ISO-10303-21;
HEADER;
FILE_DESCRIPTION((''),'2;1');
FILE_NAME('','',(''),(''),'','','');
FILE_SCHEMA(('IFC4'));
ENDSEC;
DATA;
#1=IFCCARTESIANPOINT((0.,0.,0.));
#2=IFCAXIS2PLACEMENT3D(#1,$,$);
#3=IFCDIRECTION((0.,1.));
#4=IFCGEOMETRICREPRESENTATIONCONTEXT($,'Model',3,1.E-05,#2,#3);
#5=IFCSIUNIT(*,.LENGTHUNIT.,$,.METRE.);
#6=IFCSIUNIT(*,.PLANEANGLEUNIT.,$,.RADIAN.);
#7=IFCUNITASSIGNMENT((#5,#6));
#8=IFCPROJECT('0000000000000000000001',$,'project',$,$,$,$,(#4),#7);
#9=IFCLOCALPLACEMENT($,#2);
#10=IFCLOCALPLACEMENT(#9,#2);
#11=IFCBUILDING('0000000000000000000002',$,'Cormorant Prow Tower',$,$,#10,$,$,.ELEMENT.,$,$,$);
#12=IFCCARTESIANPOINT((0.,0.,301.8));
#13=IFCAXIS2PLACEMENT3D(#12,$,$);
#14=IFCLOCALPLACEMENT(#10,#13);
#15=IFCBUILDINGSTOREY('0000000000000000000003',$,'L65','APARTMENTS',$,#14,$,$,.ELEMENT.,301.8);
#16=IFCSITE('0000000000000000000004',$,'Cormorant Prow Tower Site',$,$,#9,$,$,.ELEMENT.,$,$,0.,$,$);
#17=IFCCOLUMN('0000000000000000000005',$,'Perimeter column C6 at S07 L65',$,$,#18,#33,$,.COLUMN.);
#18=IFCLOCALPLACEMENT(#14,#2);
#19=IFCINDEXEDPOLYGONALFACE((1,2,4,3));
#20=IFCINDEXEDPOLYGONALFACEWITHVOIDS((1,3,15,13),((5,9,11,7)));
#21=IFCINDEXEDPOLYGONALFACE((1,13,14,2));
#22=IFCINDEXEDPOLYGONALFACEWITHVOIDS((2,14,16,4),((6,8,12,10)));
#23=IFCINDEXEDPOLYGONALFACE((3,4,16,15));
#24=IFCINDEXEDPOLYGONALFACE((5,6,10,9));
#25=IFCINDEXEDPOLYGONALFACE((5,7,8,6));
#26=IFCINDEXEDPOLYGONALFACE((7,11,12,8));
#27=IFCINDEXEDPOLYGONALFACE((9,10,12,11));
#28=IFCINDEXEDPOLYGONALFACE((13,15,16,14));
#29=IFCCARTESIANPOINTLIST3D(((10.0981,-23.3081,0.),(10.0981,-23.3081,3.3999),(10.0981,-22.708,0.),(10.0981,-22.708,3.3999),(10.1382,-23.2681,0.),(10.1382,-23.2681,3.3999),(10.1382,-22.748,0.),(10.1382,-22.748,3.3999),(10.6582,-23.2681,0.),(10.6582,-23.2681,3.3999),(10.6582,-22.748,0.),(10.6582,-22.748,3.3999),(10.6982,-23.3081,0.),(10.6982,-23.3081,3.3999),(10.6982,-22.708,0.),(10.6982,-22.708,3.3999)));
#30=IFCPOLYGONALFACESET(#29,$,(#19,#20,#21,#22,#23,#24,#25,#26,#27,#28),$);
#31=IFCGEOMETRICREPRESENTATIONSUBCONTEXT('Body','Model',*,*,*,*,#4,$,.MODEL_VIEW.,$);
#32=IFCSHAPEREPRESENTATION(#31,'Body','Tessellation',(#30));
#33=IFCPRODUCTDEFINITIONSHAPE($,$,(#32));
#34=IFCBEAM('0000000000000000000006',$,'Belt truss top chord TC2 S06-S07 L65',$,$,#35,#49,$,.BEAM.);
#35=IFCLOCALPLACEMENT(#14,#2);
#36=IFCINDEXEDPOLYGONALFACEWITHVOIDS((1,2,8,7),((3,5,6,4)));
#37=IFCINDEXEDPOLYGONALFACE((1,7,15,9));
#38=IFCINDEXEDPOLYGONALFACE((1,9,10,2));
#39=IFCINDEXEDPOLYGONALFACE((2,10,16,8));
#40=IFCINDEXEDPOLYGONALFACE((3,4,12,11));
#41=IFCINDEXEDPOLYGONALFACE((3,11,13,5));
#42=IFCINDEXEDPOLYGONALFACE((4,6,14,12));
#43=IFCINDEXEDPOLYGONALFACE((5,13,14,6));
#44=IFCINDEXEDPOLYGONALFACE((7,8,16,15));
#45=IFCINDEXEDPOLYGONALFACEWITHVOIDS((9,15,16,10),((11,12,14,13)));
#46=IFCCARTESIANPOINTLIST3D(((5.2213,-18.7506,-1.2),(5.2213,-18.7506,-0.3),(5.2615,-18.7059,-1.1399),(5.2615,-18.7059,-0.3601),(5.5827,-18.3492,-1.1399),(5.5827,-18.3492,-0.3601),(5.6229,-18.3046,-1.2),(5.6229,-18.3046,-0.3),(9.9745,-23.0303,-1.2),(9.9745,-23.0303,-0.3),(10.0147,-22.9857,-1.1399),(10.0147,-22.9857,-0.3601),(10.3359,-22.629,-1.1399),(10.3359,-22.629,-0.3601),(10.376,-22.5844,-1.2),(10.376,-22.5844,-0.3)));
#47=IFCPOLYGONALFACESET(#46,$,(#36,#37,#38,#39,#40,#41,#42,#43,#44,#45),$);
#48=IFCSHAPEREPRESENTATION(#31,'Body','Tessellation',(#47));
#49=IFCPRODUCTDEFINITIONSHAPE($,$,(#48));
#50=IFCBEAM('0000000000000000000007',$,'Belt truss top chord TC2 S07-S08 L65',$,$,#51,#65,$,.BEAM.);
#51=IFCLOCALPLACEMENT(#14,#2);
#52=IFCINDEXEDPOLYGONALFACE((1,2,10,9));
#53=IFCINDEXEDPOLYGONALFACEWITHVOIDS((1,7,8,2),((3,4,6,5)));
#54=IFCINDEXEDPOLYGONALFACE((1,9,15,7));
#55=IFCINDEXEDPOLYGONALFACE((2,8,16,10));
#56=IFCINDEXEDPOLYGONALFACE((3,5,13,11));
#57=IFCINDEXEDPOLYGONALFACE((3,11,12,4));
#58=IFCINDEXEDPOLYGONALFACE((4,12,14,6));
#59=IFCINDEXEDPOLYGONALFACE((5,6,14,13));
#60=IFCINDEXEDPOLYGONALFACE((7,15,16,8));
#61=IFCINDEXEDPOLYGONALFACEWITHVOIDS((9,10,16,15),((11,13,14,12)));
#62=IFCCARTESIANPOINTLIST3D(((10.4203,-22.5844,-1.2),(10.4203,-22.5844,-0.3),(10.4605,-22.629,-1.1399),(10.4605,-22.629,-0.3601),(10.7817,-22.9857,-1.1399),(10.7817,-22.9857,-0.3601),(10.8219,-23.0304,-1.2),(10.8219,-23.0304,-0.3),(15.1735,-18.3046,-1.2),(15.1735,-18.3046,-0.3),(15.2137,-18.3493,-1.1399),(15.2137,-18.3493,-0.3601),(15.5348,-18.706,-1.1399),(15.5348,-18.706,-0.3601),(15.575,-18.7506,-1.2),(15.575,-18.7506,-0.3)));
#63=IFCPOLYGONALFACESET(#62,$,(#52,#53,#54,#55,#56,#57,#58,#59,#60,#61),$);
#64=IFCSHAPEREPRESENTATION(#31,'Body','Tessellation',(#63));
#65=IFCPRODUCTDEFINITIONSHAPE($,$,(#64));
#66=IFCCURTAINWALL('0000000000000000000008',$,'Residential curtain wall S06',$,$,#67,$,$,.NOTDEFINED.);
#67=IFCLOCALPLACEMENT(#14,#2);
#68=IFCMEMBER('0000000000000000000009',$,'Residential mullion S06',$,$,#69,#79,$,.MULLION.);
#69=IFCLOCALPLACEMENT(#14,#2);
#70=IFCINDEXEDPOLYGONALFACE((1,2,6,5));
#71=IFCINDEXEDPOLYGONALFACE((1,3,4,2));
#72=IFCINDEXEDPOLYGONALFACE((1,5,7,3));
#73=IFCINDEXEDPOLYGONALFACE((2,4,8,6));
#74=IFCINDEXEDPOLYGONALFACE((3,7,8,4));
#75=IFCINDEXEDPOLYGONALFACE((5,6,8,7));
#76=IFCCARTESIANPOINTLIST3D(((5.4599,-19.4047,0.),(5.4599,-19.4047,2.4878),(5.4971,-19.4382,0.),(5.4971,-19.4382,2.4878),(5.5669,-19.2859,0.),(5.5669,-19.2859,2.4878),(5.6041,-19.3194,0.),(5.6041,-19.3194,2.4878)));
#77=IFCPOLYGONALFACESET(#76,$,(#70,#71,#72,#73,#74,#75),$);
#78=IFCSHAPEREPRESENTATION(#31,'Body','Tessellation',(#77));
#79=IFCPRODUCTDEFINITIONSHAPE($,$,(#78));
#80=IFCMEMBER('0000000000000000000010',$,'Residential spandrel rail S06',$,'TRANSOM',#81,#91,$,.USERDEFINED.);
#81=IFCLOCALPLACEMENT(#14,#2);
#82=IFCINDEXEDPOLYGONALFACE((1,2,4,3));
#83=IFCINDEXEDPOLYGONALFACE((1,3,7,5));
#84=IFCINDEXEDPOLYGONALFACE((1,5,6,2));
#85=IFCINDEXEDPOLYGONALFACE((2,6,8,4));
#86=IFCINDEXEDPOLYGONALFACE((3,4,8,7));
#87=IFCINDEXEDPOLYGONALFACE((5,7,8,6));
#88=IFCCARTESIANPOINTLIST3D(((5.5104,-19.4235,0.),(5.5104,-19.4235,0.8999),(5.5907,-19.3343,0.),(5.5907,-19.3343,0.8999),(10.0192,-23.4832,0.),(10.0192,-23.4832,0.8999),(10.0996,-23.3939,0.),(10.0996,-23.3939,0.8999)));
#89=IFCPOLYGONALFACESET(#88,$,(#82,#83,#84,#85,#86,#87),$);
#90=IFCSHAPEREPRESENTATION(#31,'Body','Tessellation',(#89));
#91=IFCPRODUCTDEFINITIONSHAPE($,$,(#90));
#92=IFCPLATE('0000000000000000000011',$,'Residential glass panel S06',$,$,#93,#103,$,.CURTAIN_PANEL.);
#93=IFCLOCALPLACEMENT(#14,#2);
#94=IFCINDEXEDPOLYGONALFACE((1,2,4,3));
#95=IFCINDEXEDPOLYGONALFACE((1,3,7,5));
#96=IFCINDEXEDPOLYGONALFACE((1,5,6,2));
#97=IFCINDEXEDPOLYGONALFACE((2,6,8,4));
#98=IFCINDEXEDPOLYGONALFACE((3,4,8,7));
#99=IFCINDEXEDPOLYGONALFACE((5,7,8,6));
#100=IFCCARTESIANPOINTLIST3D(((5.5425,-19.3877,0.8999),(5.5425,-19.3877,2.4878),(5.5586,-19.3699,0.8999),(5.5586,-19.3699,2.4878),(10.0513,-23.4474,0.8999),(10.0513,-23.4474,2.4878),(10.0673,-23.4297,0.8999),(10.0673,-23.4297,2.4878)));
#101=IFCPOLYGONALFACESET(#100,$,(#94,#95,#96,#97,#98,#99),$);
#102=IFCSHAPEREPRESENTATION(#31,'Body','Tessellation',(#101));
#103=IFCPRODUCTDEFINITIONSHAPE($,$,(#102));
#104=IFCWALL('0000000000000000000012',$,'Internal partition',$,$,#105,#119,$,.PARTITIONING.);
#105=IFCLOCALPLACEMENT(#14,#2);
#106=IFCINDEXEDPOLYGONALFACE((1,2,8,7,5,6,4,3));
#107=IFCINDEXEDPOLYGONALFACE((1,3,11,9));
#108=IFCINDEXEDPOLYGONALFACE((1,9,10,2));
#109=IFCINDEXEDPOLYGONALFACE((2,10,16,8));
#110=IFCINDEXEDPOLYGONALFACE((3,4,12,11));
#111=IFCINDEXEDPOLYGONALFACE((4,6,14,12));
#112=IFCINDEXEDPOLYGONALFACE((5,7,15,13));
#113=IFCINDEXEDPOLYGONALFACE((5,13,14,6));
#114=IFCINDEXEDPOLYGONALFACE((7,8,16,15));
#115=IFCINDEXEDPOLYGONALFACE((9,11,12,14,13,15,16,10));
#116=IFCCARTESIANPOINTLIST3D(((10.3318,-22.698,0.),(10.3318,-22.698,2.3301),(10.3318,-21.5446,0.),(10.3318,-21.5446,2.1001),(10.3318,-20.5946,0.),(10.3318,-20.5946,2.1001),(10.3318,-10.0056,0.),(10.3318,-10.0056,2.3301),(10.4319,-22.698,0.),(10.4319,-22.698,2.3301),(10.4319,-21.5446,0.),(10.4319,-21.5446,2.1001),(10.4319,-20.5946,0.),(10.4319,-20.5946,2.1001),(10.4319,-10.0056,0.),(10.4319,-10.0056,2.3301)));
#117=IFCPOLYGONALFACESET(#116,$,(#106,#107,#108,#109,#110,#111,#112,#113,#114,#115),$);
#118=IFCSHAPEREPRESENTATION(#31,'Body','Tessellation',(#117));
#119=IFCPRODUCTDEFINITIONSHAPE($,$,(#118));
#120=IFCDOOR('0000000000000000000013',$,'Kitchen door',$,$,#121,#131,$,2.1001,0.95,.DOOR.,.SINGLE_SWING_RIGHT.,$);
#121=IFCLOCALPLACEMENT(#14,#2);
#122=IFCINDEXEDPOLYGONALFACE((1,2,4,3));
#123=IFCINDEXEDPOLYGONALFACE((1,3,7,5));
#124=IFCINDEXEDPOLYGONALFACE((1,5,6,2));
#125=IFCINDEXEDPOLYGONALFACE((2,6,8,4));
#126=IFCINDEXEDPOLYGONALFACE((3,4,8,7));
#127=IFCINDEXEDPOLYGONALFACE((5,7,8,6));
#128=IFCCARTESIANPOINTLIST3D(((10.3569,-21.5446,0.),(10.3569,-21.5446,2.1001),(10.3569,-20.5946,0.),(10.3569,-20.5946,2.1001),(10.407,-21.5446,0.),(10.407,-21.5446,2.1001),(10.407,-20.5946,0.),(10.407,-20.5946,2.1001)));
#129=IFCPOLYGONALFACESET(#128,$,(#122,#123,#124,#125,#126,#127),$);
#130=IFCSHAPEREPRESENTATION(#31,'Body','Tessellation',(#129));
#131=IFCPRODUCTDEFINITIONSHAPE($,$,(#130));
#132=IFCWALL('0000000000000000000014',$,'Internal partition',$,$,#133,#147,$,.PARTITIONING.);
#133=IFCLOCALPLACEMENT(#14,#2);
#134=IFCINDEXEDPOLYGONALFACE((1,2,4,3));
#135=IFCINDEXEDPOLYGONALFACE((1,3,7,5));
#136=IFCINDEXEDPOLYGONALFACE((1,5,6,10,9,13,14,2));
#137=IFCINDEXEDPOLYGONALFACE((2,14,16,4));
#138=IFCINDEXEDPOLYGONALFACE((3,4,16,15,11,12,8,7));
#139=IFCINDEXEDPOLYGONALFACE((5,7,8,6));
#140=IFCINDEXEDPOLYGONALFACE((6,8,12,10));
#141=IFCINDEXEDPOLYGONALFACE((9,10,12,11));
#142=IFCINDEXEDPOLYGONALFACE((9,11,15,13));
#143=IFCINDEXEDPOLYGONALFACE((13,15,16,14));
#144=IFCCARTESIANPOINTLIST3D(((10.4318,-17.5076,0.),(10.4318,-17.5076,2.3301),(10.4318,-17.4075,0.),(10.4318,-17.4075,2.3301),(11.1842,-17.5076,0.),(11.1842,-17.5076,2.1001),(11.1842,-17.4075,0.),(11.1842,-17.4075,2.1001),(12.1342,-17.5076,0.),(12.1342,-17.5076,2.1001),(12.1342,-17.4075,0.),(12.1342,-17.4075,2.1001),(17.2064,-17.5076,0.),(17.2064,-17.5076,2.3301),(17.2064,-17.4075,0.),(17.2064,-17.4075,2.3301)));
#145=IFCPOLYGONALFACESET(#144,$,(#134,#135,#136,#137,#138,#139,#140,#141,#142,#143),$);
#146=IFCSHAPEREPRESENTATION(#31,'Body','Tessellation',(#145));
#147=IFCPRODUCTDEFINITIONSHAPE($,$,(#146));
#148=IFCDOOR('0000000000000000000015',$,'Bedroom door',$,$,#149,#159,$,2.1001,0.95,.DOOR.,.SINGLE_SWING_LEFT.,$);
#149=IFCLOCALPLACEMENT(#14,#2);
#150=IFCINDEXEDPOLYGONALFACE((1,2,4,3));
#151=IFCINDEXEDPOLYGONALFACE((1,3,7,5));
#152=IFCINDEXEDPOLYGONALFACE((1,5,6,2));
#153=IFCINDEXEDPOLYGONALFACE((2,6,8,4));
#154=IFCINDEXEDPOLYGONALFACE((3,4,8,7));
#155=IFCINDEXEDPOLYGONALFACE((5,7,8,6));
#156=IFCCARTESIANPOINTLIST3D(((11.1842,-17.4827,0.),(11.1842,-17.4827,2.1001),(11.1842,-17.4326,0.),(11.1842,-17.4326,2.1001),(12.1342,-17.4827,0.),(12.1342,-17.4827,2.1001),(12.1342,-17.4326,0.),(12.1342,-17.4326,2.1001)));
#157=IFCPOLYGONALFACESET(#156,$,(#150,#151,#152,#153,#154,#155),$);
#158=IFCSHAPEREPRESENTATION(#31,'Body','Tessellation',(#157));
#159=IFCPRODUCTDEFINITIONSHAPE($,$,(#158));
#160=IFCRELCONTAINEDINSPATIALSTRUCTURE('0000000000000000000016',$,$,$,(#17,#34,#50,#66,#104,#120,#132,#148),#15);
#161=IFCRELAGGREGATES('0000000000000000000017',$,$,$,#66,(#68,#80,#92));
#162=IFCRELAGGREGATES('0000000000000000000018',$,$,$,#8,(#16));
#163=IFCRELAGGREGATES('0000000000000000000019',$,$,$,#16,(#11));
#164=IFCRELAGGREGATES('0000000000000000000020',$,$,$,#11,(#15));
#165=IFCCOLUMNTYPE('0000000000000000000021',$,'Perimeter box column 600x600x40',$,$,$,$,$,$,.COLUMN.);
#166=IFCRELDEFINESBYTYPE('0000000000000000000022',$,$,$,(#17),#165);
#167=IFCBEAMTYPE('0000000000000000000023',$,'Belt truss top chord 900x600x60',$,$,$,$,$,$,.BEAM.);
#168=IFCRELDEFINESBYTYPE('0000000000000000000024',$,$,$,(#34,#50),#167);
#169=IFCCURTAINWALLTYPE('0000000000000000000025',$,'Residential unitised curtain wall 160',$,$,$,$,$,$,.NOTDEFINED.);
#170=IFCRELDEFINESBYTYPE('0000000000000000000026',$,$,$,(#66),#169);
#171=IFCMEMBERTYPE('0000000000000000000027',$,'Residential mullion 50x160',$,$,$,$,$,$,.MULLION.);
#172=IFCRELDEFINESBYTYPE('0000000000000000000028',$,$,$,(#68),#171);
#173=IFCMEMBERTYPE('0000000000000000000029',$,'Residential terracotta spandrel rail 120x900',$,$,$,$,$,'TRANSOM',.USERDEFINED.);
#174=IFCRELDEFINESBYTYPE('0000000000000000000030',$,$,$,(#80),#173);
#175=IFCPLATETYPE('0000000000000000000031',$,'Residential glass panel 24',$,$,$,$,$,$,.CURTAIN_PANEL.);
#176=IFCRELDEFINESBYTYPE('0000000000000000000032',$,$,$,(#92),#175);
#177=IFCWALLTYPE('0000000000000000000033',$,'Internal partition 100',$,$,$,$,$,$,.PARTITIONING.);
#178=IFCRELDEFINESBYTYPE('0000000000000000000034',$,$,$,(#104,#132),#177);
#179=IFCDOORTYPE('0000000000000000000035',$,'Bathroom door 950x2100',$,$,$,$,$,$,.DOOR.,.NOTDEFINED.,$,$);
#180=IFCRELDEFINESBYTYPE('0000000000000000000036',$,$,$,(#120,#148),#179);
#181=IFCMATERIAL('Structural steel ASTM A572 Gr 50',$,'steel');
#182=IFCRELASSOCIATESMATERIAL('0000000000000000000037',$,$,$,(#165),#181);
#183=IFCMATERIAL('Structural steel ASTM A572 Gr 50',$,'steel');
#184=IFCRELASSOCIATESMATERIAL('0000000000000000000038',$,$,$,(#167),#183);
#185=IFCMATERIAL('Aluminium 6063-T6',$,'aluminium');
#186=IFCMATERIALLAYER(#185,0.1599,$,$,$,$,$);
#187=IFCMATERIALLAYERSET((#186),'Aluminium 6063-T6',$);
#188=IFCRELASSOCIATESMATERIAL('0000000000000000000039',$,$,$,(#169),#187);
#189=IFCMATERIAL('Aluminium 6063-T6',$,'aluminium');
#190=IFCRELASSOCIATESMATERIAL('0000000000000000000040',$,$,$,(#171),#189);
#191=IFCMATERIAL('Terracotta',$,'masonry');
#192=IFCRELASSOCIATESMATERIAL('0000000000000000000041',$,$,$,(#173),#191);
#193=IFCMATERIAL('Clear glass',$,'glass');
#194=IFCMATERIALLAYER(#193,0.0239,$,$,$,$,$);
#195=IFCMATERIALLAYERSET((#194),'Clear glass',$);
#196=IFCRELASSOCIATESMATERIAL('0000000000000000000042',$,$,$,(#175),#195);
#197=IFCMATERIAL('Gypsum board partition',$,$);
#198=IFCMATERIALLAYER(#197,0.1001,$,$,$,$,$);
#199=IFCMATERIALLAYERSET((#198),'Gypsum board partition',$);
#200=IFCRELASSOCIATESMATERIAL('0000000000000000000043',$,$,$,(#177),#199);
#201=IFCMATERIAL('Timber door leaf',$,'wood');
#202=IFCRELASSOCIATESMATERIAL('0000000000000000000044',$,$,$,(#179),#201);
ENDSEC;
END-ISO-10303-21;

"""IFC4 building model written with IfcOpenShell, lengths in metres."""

from ifc_helpers import new_model, si_unit, direction, frame, frame_2d, origin, origin_2d, place, context, subcontext, project, spatial, rectangle, hollow_rectangle, extrude, material, layer, layer_set, material_profile, profile_set, type_object, element, fill, aggregate, save


model = new_model("IFC4")

# Units and contexts
model_context = context("Model", 3, precision=1e-05, world=origin(), true_north=direction((0.0, 1.0)))
body_context = subcontext(model_context, "Body", "Model", "MODEL_VIEW")
ifc_project = project(units=[si_unit("LENGTHUNIT", "METRE"), si_unit("PLANEANGLEUNIT", "RADIAN")], contexts=[model_context])

# Site, building, storey
site_placement = place(None, origin())
site = spatial("IfcSite", under=ifc_project, at=site_placement, Name="Cormorant Prow Tower Site", CompositionType="ELEMENT", RefElevation=0.0)
building_placement = place(site_placement, origin())
building = spatial("IfcBuilding", under=site, at=building_placement, Name="Cormorant Prow Tower", CompositionType="ELEMENT")
storey_placement = place(building_placement, frame((0.0, 0.0, 301.8)))
storey = spatial("IfcBuildingStorey", under=building, at=storey_placement, Name="L65", Description="APARTMENTS", CompositionType="ELEMENT", Elevation=301.8)

# Column
ifc_material_1 = material(Name="Structural steel ASTM A572 Gr 50", Category="steel")
ifc_material_profile_1 = material_profile(ifc_material_1, hollow_rectangle(XDim=0.6001, YDim=0.6001, WallThickness=0.04, at=origin_2d()), Name="Box 600x600x40")
ifc_profile_set_1 = profile_set([ifc_material_profile_1], Name="Structural steel ASTM A572 Gr 50")
column_type = type_object("IfcColumnType", Name="Perimeter box column 600x600x40", PredefinedType="COLUMN", material=ifc_profile_set_1)
column_placement = place(storey_placement, frame((10.3982, -23.0081, 0.0), z_axis=(0.0, 0.0, 1.0), x_axis=(1.0, 0.0, 0.0)))
element("IfcColumn", 1, at=column_placement, inside=storey, type_object=column_type, Name="Perimeter column C6 at S07 L65", PredefinedType="COLUMN", context=body_context, shape_type="SweptSolid", body=[
    extrude(hollow_rectangle(XDim=0.6001, YDim=0.6001, WallThickness=0.04, at=origin_2d()), origin(), (0.0, 0.0, 1.0), 3.3999),
])

# Beams
ifc_material_2 = material(Name="Structural steel ASTM A572 Gr 50", Category="steel")
ifc_material_profile_2 = material_profile(ifc_material_2, hollow_rectangle(XDim=0.6001, YDim=0.8999, WallThickness=0.0601, at=origin_2d()), Name="Box 900x600x60")
ifc_profile_set_2 = profile_set([ifc_material_profile_2], Name="Structural steel ASTM A572 Gr 50")
beam_type = type_object("IfcBeamType", Name="Belt truss top chord 900x600x60", PredefinedType="BEAM", material=ifc_profile_set_2)
for number, where, z_axis, x_axis, name in (
    (2, (5.4221, -18.5276, -0.75), (0.743144, -0.669131, 0.0), (0.669131, 0.743144, 0.0), "Belt truss top chord TC2 S06-S07 L65"),
    (3, (10.6211, -22.8074, -0.75), (0.743144, 0.669131, 0.0), (-0.669131, 0.743144, 0.0), "Belt truss top chord TC2 S07-S08 L65"),
):
    element("IfcBeam", number, at=place(storey_placement, frame(where, z_axis=z_axis, x_axis=x_axis)), inside=storey, type_object=beam_type, Name=name, PredefinedType="BEAM", context=body_context, shape_type="SweptSolid", body=[
        extrude(hollow_rectangle(XDim=0.6001, YDim=0.8999, WallThickness=0.0601, at=origin_2d()), origin(), (0.0, 0.0, 1.0), 6.396),
    ])

# Curtain wall, members, plate
ifc_material_3 = material(Name="Aluminium 6063-T6", Category="aluminium")
ifc_layer_1 = layer(ifc_material_3, 0.1599)
ifc_layer_set_1 = layer_set([ifc_layer_1], Name="Aluminium 6063-T6")
curtain_wall_type = type_object("IfcCurtainWallType", Name="Residential unitised curtain wall 160", PredefinedType="NOTDEFINED", material=ifc_layer_set_1)
curtain_wall_placement = place(storey_placement, origin())
curtain_wall = element("IfcCurtainWall", 4, at=curtain_wall_placement, inside=storey, type_object=curtain_wall_type, Name="Residential curtain wall S06", PredefinedType="NOTDEFINED")
ifc_material_4 = material(Name="Aluminium 6063-T6", Category="aluminium")
ifc_material_profile_3 = material_profile(ifc_material_4, rectangle(XDim=0.1599, YDim=0.05, at=origin_2d()), Name="Residential mullion 50x160")
ifc_profile_set_3 = profile_set([ifc_material_profile_3], Name="Aluminium 6063-T6")
member_type_1 = type_object("IfcMemberType", Name="Residential mullion 50x160", PredefinedType="MULLION", material=ifc_profile_set_3)
member_1_placement = place(storey_placement, frame((5.532, -19.3621, 0.0), z_axis=(0.0, 0.0, 1.0), x_axis=(0.669131, 0.743145, 0.0)))
member_1 = element("IfcMember", 5, at=member_1_placement, type_object=member_type_1, Name="Residential mullion S06", PredefinedType="MULLION", context=body_context, shape_type="SweptSolid", body=[
    extrude(rectangle(XDim=0.1599, YDim=0.05, at=origin_2d()), origin(), (0.0, 0.0, 1.0), 2.4878),
])
ifc_material_5 = material(Name="Terracotta", Category="masonry")
ifc_material_profile_4 = material_profile(ifc_material_5, rectangle(XDim=0.1201, YDim=0.8999, at=origin_2d()), Name="Residential terracotta spandrel rail 120x900")
ifc_profile_set_4 = profile_set([ifc_material_profile_4], Name="Terracotta")
member_type_2 = type_object("IfcMemberType", Name="Residential terracotta spandrel rail 120x900", ElementType="TRANSOM", PredefinedType="USERDEFINED", material=ifc_profile_set_4)
member_2_placement = place(storey_placement, frame((5.5505, -19.3789, 0.45), z_axis=(0.743158, -0.669116, 0.0), x_axis=(0.669116, 0.743158, 0.0)))
member_2 = element("IfcMember", 6, at=member_2_placement, type_object=member_type_2, Name="Residential spandrel rail S06", ObjectType="TRANSOM", PredefinedType="USERDEFINED", context=body_context, shape_type="SweptSolid", body=[
    extrude(rectangle(XDim=0.1201, YDim=0.8999, at=origin_2d()), origin(), (0.0, 0.0, 1.0), 6.0671),
])
ifc_material_6 = material(Name="Clear glass", Category="glass")
ifc_layer_2 = layer(ifc_material_6, 0.0239)
ifc_layer_set_2 = layer_set([ifc_layer_2], Name="Clear glass")
plate_type = type_object("IfcPlateType", Name="Residential glass panel 24", PredefinedType="CURTAIN_PANEL", material=ifc_layer_set_2)
plate_placement = place(storey_placement, frame((7.8049, -21.4087, 0.8999), z_axis=(0.0, 0.0, 1.0), x_axis=(0.743145, -0.669131, 0.0)))
plate = element("IfcPlate", 7, at=plate_placement, type_object=plate_type, Name="Residential glass panel S06", PredefinedType="CURTAIN_PANEL", context=body_context, shape_type="SweptSolid", body=[
    extrude(rectangle(XDim=6.0671, YDim=0.0239, at=origin_2d()), origin(), (0.0, 0.0, 1.0), 1.5879),
])
aggregate(curtain_wall, [member_1, member_2, plate])

# Walls, openings, doors
ifc_material_7 = material(Name="Gypsum board partition")
ifc_layer_3 = layer(ifc_material_7, 0.1001)
ifc_layer_set_3 = layer_set([ifc_layer_3], Name="Gypsum board partition")
wall_type_1 = type_object("IfcWallType", Name="Internal partition 100", PredefinedType="PARTITIONING", material=ifc_layer_set_3)
wall_1_placement = place(storey_placement, frame((10.3818, -22.698, 0.0), z_axis=(0.0, 0.0, 1.0), x_axis=(0.0, 1.0, 0.0)))
wall_1 = element("IfcWall", 8, at=wall_1_placement, inside=storey, type_object=wall_type_1, Name="Internal partition", PredefinedType="PARTITIONING", context=body_context, shape_type="SweptSolid", body=[
    extrude(rectangle(XDim=12.6924, YDim=0.1001, at=frame_2d((6.3462, 0.0))), origin(), (0.0, 0.0, 1.0), 2.3301),
])
opening_1_placement = place(wall_1_placement, frame((1.1533, 0.0, 0.0)))
opening_1 = element("IfcOpeningElement", 9, at=opening_1_placement, cuts=wall_1, PredefinedType="OPENING", context=body_context, shape_type="SweptSolid", body=[
    extrude(rectangle(XDim=0.95, YDim=2.1001, at=frame_2d((0.4751, 1.05))), frame((0.0, 0.0601, 0.0), z_axis=(0.0, -1.0, 0.0), x_axis=(1.0, 0.0, 0.0)), (0.0, 0.0, 1.0), 0.1201),
])
ifc_material_8 = material(Name="Timber door leaf", Category="wood")
door_type_1 = type_object("IfcDoorType", Name="Bathroom door 950x2100", OperationType="NOTDEFINED", PredefinedType="DOOR", material=ifc_material_8)
door_1_placement = place(opening_1_placement, origin())
door_1 = element("IfcDoor", 10, at=door_1_placement, inside=storey, type_object=door_type_1, Name="Kitchen door", OperationType="SINGLE_SWING_RIGHT", OverallHeight=2.1001, OverallWidth=0.95, PredefinedType="DOOR", context=body_context, shape_type="SweptSolid", body=[
    extrude(rectangle(XDim=0.95, YDim=2.1001, at=frame_2d((0.4751, 1.05))), frame((0.0, 0.0249, 0.0), z_axis=(0.0, -1.0, 0.0), x_axis=(1.0, 0.0, 0.0)), (0.0, 0.0, 1.0), 0.05),
])
fill(opening_1, door_1)
wall_2_placement = place(storey_placement, frame((10.4319, -17.4575, 0.0), z_axis=(0.0, 0.0, 1.0), x_axis=(1.0, 0.0, 0.0)))
wall_2 = element("IfcWall", 11, at=wall_2_placement, inside=storey, type_object=wall_type_1, Name="Internal partition", PredefinedType="PARTITIONING", context=body_context, shape_type="SweptSolid", body=[
    extrude(rectangle(XDim=6.7747, YDim=0.1001, at=frame_2d((3.3872, 0.0))), origin(), (0.0, 0.0, 1.0), 2.3301),
])
opening_2_placement = place(wall_2_placement, frame((0.7522, 0.0, 0.0)))
opening_2 = element("IfcOpeningElement", 12, at=opening_2_placement, cuts=wall_2, PredefinedType="OPENING", context=body_context, shape_type="SweptSolid", body=[
    extrude(rectangle(XDim=0.95, YDim=2.1001, at=frame_2d((0.4751, 1.05))), frame((0.0, 0.0601, 0.0), z_axis=(0.0, -1.0, 0.0), x_axis=(1.0, 0.0, 0.0)), (0.0, 0.0, 1.0), 0.1201),
])
door_2_placement = place(opening_2_placement, origin())
door_2 = element("IfcDoor", 13, at=door_2_placement, inside=storey, type_object=door_type_1, Name="Bedroom door", OperationType="SINGLE_SWING_LEFT", OverallHeight=2.1001, OverallWidth=0.95, PredefinedType="DOOR", context=body_context, shape_type="SweptSolid", body=[
    extrude(rectangle(XDim=0.95, YDim=2.1001, at=frame_2d((0.4751, 1.05))), frame((0.0, 0.0249, 0.0), z_axis=(0.0, -1.0, 0.0), x_axis=(1.0, 0.0, 0.0)), (0.0, 0.0, 1.0), 0.05),
])
fill(opening_2, door_2)

save(model, "model.ifc")
